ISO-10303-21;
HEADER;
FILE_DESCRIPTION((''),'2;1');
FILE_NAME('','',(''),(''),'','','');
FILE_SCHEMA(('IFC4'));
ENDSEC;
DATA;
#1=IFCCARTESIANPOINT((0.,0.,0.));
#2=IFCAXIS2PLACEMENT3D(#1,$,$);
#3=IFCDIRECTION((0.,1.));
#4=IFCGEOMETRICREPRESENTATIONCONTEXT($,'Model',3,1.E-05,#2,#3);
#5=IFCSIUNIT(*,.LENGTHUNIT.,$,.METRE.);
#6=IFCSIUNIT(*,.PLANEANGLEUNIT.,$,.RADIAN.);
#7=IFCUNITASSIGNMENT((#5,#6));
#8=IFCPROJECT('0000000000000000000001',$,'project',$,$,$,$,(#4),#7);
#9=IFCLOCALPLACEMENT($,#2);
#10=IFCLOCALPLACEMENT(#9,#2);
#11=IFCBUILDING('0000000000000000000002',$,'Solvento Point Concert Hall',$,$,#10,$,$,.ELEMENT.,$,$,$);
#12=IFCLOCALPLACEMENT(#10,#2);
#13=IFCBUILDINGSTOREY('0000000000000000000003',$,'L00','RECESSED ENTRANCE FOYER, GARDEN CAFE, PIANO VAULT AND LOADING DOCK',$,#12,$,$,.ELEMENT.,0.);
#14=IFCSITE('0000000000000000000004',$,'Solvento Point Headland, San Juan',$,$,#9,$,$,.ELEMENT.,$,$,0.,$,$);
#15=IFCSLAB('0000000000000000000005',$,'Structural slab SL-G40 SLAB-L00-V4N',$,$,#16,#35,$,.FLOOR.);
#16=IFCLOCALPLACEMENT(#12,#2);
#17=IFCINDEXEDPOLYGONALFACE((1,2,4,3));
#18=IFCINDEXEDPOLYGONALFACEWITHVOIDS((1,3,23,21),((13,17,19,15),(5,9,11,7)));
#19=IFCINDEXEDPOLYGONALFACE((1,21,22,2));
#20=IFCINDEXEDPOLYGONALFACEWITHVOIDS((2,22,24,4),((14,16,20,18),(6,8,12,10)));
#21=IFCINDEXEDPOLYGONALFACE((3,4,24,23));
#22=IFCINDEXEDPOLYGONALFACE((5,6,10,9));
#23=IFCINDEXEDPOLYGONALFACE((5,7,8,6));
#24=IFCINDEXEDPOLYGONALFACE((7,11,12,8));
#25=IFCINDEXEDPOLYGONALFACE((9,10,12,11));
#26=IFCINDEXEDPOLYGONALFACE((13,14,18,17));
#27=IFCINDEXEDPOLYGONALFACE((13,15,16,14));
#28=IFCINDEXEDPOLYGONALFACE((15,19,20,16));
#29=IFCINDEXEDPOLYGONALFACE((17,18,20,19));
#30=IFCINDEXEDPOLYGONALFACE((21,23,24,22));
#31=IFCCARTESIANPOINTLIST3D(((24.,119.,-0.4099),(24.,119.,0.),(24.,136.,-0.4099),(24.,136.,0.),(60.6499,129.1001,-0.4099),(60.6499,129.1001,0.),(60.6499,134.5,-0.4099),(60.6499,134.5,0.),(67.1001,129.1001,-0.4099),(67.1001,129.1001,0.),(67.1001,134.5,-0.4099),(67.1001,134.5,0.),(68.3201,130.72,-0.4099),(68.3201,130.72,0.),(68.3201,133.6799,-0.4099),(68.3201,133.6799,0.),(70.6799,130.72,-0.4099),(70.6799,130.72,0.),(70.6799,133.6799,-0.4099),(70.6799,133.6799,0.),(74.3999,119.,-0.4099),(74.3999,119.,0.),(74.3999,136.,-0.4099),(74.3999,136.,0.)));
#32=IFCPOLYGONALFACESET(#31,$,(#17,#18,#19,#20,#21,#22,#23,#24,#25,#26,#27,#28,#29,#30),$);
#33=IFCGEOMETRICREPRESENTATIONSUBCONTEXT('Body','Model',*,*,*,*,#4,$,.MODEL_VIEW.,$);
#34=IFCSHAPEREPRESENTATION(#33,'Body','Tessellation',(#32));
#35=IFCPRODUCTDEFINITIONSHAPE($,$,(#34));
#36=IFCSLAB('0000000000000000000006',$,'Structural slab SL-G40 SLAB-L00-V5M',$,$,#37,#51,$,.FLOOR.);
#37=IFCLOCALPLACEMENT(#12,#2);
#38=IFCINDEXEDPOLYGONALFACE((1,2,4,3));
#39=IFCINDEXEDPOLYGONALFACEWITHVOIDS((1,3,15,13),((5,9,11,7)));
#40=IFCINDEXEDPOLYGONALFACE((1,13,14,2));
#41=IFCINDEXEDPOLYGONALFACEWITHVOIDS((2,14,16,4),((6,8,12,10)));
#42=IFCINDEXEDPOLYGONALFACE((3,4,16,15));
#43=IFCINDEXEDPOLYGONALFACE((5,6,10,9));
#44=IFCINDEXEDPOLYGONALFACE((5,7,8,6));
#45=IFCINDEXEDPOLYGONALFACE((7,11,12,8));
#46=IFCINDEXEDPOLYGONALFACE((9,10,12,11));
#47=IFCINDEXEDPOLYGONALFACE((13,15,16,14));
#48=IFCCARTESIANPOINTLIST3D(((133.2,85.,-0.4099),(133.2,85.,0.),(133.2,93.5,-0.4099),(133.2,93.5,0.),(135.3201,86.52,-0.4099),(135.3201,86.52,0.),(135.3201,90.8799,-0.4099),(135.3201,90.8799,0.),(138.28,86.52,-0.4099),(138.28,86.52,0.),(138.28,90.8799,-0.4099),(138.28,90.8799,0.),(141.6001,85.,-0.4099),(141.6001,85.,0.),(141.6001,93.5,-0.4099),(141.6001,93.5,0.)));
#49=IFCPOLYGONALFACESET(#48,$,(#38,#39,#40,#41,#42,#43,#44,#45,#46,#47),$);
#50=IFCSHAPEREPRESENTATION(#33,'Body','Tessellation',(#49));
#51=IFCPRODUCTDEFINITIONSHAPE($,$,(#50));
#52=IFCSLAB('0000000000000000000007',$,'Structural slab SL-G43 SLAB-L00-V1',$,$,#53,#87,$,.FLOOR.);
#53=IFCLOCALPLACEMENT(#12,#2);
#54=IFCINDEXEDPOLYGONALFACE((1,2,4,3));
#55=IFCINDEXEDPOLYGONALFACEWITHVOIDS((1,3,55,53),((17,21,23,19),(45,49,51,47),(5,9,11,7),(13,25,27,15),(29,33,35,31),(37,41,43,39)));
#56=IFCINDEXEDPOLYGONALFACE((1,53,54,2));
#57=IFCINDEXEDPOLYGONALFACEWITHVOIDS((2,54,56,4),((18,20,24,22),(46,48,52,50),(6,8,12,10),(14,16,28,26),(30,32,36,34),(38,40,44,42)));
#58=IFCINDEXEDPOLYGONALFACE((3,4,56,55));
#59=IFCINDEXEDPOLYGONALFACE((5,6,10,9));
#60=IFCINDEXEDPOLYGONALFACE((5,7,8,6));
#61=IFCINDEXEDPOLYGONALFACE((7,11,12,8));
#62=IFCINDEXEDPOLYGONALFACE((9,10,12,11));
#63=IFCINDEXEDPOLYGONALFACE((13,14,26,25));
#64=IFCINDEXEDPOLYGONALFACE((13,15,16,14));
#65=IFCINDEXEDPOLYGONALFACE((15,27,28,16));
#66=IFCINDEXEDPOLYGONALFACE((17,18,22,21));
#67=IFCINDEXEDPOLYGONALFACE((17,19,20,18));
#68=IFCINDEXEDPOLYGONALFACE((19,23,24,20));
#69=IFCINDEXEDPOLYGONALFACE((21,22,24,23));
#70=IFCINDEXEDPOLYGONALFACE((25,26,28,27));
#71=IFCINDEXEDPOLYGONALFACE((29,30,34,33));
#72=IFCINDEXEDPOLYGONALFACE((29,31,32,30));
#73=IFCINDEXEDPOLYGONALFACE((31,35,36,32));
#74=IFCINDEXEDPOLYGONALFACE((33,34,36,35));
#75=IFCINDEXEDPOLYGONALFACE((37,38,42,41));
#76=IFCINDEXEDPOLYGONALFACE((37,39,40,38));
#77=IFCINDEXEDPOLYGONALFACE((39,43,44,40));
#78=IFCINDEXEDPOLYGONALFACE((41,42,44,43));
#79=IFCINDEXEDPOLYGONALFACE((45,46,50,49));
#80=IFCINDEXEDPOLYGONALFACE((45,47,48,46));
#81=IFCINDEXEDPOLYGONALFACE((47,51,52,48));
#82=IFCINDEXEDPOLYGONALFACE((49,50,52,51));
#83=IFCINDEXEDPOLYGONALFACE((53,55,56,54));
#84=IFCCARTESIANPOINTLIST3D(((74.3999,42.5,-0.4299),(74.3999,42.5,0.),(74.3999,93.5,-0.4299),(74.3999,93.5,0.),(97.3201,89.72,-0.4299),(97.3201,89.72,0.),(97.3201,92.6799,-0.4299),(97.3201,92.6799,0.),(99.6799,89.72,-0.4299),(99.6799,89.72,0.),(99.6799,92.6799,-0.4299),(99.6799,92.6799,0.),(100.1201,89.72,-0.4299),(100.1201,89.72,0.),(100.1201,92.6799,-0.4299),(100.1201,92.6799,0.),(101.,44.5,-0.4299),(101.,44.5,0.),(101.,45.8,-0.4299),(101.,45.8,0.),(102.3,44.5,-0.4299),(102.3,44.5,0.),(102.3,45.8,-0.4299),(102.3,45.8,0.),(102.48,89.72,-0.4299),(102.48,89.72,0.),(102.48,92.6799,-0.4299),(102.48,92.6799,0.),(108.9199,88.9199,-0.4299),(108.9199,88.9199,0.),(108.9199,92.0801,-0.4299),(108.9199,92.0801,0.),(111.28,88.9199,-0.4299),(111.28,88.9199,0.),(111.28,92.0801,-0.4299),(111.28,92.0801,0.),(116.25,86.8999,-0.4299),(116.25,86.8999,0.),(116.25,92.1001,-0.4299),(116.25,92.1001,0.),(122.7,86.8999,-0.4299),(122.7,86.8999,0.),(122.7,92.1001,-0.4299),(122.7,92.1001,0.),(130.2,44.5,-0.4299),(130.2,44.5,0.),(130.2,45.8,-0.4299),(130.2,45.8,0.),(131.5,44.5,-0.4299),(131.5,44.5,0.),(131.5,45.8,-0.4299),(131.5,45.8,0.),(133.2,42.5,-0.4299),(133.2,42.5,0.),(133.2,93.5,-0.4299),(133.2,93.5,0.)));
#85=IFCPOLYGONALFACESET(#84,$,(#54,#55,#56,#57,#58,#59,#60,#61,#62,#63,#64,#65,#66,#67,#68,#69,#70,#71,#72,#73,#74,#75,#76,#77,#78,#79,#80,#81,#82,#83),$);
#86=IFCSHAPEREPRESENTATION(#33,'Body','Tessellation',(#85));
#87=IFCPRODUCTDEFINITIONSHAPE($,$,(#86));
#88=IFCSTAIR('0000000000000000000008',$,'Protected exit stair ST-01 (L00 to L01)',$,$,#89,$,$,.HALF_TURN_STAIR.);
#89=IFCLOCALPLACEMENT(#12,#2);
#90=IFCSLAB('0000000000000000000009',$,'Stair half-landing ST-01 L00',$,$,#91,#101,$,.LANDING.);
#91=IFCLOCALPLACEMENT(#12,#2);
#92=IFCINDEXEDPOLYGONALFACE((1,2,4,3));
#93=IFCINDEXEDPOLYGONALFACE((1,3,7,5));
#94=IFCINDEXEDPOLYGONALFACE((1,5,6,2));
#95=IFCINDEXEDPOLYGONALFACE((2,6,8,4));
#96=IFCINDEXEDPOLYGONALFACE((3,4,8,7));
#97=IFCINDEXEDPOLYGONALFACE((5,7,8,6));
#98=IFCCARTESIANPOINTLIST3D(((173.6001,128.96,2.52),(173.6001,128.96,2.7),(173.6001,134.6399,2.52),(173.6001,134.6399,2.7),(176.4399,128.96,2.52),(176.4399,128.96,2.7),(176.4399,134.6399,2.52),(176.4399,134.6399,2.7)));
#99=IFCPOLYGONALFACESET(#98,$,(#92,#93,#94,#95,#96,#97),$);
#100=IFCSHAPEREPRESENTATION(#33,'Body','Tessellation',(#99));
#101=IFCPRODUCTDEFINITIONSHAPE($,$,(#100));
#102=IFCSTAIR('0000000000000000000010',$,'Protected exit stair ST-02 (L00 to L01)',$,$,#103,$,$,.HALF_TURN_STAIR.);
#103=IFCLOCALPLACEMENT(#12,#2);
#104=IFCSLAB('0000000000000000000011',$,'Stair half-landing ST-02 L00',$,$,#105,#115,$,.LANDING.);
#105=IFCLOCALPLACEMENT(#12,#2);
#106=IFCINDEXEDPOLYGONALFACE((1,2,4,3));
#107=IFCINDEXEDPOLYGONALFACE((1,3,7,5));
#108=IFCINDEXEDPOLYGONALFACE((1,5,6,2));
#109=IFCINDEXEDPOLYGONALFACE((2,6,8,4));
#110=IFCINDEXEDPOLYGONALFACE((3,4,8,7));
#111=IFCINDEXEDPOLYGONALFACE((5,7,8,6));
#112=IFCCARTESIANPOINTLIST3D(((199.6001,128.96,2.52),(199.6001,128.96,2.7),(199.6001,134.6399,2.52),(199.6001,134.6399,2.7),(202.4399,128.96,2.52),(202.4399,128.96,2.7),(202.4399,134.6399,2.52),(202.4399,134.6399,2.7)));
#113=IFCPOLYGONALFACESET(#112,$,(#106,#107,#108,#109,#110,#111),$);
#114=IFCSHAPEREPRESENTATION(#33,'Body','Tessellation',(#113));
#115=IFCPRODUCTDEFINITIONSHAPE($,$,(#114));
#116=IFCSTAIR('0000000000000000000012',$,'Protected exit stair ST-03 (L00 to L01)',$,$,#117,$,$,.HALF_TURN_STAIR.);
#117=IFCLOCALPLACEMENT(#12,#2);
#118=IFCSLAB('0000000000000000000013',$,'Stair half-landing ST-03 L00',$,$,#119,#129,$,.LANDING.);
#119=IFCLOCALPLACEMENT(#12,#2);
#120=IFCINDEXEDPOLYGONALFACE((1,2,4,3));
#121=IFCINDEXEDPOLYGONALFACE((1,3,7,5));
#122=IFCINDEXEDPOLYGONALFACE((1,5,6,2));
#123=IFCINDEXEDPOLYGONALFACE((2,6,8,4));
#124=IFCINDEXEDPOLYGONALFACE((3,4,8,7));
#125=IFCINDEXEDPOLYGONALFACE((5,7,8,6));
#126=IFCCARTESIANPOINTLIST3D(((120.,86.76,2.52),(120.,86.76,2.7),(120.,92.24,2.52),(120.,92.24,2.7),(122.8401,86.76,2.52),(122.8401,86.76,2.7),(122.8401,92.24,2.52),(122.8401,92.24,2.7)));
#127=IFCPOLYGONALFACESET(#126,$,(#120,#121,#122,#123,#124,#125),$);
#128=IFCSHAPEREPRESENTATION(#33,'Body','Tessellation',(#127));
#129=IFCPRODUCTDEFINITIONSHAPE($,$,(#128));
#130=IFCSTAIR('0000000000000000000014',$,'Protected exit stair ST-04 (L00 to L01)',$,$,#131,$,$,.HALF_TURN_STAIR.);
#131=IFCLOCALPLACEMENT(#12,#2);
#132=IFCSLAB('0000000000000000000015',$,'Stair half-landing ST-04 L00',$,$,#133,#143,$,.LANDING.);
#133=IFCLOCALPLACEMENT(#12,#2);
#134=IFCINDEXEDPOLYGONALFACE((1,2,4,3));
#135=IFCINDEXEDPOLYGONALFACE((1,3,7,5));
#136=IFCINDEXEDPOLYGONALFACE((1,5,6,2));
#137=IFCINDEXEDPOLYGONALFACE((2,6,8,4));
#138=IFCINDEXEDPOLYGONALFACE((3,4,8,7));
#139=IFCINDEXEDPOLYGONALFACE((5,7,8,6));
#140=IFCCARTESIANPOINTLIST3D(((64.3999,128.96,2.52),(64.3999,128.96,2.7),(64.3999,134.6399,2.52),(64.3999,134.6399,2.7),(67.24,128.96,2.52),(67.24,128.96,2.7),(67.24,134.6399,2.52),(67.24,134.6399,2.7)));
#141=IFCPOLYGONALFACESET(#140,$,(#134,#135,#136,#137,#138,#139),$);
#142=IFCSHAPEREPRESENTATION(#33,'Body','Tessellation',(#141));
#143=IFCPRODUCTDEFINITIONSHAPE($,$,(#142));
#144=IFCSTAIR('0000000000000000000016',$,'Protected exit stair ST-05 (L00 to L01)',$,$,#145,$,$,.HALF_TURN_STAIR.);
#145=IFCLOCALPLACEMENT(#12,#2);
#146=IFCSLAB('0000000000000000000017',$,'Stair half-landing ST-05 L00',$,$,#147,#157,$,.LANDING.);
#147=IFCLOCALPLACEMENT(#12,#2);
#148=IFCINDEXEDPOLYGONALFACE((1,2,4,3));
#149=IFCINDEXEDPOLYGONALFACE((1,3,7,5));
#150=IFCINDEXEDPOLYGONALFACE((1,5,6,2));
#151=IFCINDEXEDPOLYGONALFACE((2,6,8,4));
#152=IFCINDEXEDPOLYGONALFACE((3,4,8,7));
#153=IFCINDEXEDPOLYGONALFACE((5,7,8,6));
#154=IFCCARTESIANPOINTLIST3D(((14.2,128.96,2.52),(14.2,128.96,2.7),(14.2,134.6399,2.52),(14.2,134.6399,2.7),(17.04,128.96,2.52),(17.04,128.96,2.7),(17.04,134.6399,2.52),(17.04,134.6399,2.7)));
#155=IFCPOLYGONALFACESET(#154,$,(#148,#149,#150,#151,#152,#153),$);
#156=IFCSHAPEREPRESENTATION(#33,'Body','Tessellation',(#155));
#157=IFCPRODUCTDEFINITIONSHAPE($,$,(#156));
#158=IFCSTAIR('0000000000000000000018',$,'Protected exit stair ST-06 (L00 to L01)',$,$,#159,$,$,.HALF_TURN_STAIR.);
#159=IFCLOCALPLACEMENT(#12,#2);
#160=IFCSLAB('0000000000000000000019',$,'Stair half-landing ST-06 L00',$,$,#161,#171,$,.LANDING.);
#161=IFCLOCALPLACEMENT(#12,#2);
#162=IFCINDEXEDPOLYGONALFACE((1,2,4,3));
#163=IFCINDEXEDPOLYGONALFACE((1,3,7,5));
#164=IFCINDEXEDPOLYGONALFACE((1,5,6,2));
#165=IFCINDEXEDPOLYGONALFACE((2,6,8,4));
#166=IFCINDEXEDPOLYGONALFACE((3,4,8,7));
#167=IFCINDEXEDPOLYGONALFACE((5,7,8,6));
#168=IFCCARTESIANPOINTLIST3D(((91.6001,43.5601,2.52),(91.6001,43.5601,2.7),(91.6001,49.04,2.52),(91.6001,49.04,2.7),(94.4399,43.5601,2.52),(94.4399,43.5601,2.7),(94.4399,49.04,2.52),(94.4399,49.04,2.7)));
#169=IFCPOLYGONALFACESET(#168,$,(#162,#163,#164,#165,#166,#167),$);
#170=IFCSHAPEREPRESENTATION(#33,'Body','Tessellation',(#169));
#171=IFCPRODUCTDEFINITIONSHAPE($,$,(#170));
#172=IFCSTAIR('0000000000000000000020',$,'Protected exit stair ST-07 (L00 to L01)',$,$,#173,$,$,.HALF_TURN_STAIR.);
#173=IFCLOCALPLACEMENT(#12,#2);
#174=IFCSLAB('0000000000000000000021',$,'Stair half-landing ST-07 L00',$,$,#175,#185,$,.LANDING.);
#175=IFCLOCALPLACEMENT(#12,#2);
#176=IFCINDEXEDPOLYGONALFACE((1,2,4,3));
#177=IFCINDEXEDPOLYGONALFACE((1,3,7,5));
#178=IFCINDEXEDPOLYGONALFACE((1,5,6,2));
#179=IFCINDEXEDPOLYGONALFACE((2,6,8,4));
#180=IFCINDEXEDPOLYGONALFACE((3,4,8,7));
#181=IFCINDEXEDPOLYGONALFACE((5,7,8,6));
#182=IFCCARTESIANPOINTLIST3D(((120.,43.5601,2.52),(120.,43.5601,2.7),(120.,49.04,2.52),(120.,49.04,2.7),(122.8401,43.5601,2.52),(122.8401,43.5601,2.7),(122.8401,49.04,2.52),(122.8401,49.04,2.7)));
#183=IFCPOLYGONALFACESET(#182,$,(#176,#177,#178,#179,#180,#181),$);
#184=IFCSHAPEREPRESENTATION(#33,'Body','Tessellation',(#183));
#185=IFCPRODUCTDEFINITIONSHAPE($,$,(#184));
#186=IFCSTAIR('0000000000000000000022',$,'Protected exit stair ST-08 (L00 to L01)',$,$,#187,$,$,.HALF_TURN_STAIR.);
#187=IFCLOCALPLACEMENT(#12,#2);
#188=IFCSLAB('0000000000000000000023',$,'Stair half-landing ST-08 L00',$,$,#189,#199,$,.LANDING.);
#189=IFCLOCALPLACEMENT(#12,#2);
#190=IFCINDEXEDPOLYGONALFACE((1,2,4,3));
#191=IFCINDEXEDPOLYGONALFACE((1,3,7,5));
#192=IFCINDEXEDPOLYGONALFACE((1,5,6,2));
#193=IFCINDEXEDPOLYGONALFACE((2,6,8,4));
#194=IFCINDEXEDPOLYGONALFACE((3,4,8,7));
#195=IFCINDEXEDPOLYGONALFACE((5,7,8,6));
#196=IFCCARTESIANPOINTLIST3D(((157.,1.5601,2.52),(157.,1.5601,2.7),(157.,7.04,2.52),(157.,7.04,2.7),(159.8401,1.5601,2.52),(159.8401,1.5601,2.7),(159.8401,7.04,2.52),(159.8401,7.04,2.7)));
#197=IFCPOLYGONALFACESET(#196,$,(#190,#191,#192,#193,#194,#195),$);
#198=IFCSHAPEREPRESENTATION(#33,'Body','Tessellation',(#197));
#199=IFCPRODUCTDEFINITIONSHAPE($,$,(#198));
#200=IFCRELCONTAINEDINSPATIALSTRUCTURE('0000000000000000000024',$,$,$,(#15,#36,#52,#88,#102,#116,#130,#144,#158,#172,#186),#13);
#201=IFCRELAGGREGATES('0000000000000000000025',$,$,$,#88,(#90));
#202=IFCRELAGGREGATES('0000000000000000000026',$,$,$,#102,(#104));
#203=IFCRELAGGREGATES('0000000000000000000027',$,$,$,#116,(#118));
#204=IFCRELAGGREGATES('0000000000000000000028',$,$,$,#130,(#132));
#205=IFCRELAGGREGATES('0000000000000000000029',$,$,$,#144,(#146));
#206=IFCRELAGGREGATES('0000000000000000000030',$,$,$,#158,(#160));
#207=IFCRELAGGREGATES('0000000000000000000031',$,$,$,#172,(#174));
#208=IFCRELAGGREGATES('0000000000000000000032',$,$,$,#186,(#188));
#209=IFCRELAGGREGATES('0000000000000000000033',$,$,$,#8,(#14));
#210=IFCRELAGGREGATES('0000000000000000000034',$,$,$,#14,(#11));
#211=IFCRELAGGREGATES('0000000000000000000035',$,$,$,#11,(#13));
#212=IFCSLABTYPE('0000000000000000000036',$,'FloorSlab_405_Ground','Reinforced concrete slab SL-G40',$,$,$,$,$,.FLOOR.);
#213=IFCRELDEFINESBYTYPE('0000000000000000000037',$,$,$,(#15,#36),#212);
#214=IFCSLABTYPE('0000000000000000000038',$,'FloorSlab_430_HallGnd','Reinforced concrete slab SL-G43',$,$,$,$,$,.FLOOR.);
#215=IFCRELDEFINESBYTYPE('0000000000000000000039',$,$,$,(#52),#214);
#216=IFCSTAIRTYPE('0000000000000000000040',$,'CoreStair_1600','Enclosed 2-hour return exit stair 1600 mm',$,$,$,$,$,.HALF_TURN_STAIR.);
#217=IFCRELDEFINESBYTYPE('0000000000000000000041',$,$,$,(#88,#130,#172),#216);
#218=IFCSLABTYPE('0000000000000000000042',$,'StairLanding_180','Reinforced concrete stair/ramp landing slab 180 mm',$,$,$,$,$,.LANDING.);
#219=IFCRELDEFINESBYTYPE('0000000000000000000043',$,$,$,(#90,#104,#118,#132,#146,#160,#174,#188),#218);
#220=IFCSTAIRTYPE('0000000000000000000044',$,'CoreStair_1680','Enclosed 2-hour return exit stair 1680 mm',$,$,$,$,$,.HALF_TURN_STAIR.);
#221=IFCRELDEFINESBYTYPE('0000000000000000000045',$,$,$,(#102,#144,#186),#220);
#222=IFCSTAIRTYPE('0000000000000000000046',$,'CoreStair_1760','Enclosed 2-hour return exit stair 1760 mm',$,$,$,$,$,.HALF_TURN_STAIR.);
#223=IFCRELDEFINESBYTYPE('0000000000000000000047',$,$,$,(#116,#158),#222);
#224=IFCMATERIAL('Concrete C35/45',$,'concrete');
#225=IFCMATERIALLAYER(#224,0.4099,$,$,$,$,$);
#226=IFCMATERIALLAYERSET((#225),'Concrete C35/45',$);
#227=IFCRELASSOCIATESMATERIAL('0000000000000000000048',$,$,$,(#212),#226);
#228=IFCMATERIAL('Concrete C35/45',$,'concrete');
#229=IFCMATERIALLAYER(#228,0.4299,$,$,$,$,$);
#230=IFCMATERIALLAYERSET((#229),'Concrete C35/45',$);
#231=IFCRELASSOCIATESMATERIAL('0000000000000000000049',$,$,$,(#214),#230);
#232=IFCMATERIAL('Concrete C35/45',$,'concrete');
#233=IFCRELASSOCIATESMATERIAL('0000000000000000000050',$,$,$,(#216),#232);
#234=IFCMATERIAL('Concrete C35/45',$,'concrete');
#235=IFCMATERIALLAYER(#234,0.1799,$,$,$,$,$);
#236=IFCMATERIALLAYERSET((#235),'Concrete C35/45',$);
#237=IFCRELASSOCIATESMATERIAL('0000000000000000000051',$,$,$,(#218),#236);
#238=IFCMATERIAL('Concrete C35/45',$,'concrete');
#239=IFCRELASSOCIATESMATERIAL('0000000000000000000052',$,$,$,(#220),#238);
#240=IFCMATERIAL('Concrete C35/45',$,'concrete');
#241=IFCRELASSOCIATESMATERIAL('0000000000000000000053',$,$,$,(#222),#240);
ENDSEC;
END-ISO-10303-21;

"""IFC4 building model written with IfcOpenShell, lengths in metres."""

from ifc_helpers import new_model, si_unit, direction, frame, origin, place, context, subcontext, project, spatial, polyline, outline, extrude, material, layer, layer_set, type_object, element, aggregate, save


model = new_model("IFC4")

# Units and contexts
model_context = context("Model", 3, precision=1e-05, world=origin(), true_north=direction((0.0, 1.0)))
body_context = subcontext(model_context, "Body", "Model", "MODEL_VIEW")
ifc_project = project(units=[si_unit("LENGTHUNIT", "METRE"), si_unit("PLANEANGLEUNIT", "RADIAN")], contexts=[model_context])

# Site, building, storey
site_placement = place(None, origin())
site = spatial("IfcSite", under=ifc_project, at=site_placement, Name="Solvento Point Headland, San Juan", CompositionType="ELEMENT", RefElevation=0.0)
building_placement = place(site_placement, origin())
building = spatial("IfcBuilding", under=site, at=building_placement, Name="Solvento Point Concert Hall", CompositionType="ELEMENT")
storey_placement = place(building_placement, origin())
storey = spatial("IfcBuildingStorey", under=building, at=storey_placement, Name="L00", Description="RECESSED ENTRANCE FOYER, GARDEN CAFE, PIANO VAULT AND LOADING DOCK", CompositionType="ELEMENT", Elevation=0.0)

# Slabs
ifc_material_1 = material(Name="Concrete C35/45", Category="concrete")
ifc_layer_1 = layer(ifc_material_1, 0.4099)
ifc_layer_set_1 = layer_set([ifc_layer_1], Name="Concrete C35/45")
slab_type_1 = type_object("IfcSlabType", Name="FloorSlab_405_Ground", Description="Reinforced concrete slab SL-G40", PredefinedType="FLOOR", material=ifc_layer_set_1)
slab_1_placement = place(storey_placement, frame((0.0, 0.0, -0.4099)))
element("IfcSlab", 1, at=slab_1_placement, inside=storey, type_object=slab_type_1, Name="Structural slab SL-G40 SLAB-L00-V4N", PredefinedType="FLOOR", context=body_context, shape_type="SweptSolid", body=[
    extrude(outline(polyline([(24.0, 136.0), (74.3999, 136.0), (74.3999, 119.0), (24.0, 119.0), (24.0, 136.0)]), holes=[polyline([(70.6799, 133.6799), (68.3201, 133.6799), (68.3201, 130.72), (70.6799, 130.72), (70.6799, 133.6799)]), polyline([(67.1001, 134.5), (60.6499, 134.5), (60.6499, 129.1001), (67.1001, 129.1001), (67.1001, 134.5)])]), origin(), (0.0, 0.0, 1.0), 0.4099),
])
slab_2_placement = place(storey_placement, frame((0.0, 0.0, -0.4099)))
element("IfcSlab", 2, at=slab_2_placement, inside=storey, type_object=slab_type_1, Name="Structural slab SL-G40 SLAB-L00-V5M", PredefinedType="FLOOR", context=body_context, shape_type="SweptSolid", body=[
    extrude(outline(polyline([(133.2, 93.5), (141.6001, 93.5), (141.6001, 85.0), (133.2, 85.0), (133.2, 93.5)]), holes=[polyline([(138.28, 90.8799), (135.3201, 90.8799), (135.3201, 86.52), (138.28, 86.52), (138.28, 90.8799)])]), origin(), (0.0, 0.0, 1.0), 0.4099),
])
ifc_material_2 = material(Name="Concrete C35/45", Category="concrete")
ifc_layer_2 = layer(ifc_material_2, 0.4299)
ifc_layer_set_2 = layer_set([ifc_layer_2], Name="Concrete C35/45")
slab_type_2 = type_object("IfcSlabType", Name="FloorSlab_430_HallGnd", Description="Reinforced concrete slab SL-G43", PredefinedType="FLOOR", material=ifc_layer_set_2)
slab_3_placement = place(storey_placement, frame((0.0, 0.0, -0.4299)))
element("IfcSlab", 3, at=slab_3_placement, inside=storey, type_object=slab_type_2, Name="Structural slab SL-G43 SLAB-L00-V1", PredefinedType="FLOOR", context=body_context, shape_type="SweptSolid", body=[
    extrude(outline(polyline([(74.3999, 93.5), (133.2, 93.5), (133.2, 42.5), (74.3999, 42.5), (74.3999, 93.5)]), holes=[polyline([(131.5, 45.8), (130.2, 45.8), (130.2, 44.5), (131.5, 44.5), (131.5, 45.8)]), polyline([(122.7, 92.1001), (116.25, 92.1001), (116.25, 86.8999), (122.7, 86.8999), (122.7, 92.1001)]), polyline([(111.28, 92.0801), (108.9199, 92.0801), (108.9199, 88.9199), (111.28, 88.9199), (111.28, 92.0801)]), polyline([(102.48, 92.6799), (100.1201, 92.6799), (100.1201, 89.72), (102.48, 89.72), (102.48, 92.6799)]), polyline([(102.3, 45.8), (101.0, 45.8), (101.0, 44.5), (102.3, 44.5), (102.3, 45.8)]), polyline([(99.6799, 92.6799), (97.3201, 92.6799), (97.3201, 89.72), (99.6799, 89.72), (99.6799, 92.6799)])]), origin(), (0.0, 0.0, 1.0), 0.4299),
])

# Stairs, slabs
ifc_material_3 = material(Name="Concrete C35/45", Category="concrete")
stair_type_1 = type_object("IfcStairType", Name="CoreStair_1600", Description="Enclosed 2-hour return exit stair 1600 mm", PredefinedType="HALF_TURN_STAIR", material=ifc_material_3)
stair_1_placement = place(storey_placement, origin())
stair_1 = element("IfcStair", 4, at=stair_1_placement, inside=storey, type_object=stair_type_1, Name="Protected exit stair ST-01 (L00 to L01)", PredefinedType="HALF_TURN_STAIR")
ifc_material_4 = material(Name="Concrete C35/45", Category="concrete")
ifc_layer_3 = layer(ifc_material_4, 0.1799)
ifc_layer_set_3 = layer_set([ifc_layer_3], Name="Concrete C35/45")
slab_type_3 = type_object("IfcSlabType", Name="StairLanding_180", Description="Reinforced concrete stair/ramp landing slab 180 mm", PredefinedType="LANDING", material=ifc_layer_set_3)
slab_4_placement = place(storey_placement, frame((0.0, 0.0, 2.52)))
slab_4 = element("IfcSlab", 5, at=slab_4_placement, type_object=slab_type_3, Name="Stair half-landing ST-01 L00", PredefinedType="LANDING", context=body_context, shape_type="SweptSolid", body=[
    extrude(outline(polyline([(173.6001, 128.96), (176.4399, 128.96), (176.4399, 134.6399), (173.6001, 134.6399), (173.6001, 128.96)])), origin(), (0.0, 0.0, 1.0), 0.1799),
])
aggregate(stair_1, [slab_4])
ifc_material_5 = material(Name="Concrete C35/45", Category="concrete")
stair_type_2 = type_object("IfcStairType", Name="CoreStair_1680", Description="Enclosed 2-hour return exit stair 1680 mm", PredefinedType="HALF_TURN_STAIR", material=ifc_material_5)
stair_2_placement = place(storey_placement, origin())
stair_2 = element("IfcStair", 6, at=stair_2_placement, inside=storey, type_object=stair_type_2, Name="Protected exit stair ST-02 (L00 to L01)", PredefinedType="HALF_TURN_STAIR")
slab_5_placement = place(storey_placement, frame((0.0, 0.0, 2.52)))
slab_5 = element("IfcSlab", 7, at=slab_5_placement, type_object=slab_type_3, Name="Stair half-landing ST-02 L00", PredefinedType="LANDING", context=body_context, shape_type="SweptSolid", body=[
    extrude(outline(polyline([(199.6001, 128.96), (202.4399, 128.96), (202.4399, 134.6399), (199.6001, 134.6399), (199.6001, 128.96)])), origin(), (0.0, 0.0, 1.0), 0.1799),
])
aggregate(stair_2, [slab_5])
ifc_material_6 = material(Name="Concrete C35/45", Category="concrete")
stair_type_3 = type_object("IfcStairType", Name="CoreStair_1760", Description="Enclosed 2-hour return exit stair 1760 mm", PredefinedType="HALF_TURN_STAIR", material=ifc_material_6)
stair_3_placement = place(storey_placement, origin())
stair_3 = element("IfcStair", 8, at=stair_3_placement, inside=storey, type_object=stair_type_3, Name="Protected exit stair ST-03 (L00 to L01)", PredefinedType="HALF_TURN_STAIR")
slab_6_placement = place(storey_placement, frame((0.0, 0.0, 2.52)))
slab_6 = element("IfcSlab", 9, at=slab_6_placement, type_object=slab_type_3, Name="Stair half-landing ST-03 L00", PredefinedType="LANDING", context=body_context, shape_type="SweptSolid", body=[
    extrude(outline(polyline([(120.0, 86.76), (122.8401, 86.76), (122.8401, 92.24), (120.0, 92.24), (120.0, 86.76)])), origin(), (0.0, 0.0, 1.0), 0.1799),
])
aggregate(stair_3, [slab_6])
stair_4_placement = place(storey_placement, origin())
stair_4 = element("IfcStair", 10, at=stair_4_placement, inside=storey, type_object=stair_type_1, Name="Protected exit stair ST-04 (L00 to L01)", PredefinedType="HALF_TURN_STAIR")
slab_7_placement = place(storey_placement, frame((0.0, 0.0, 2.52)))
slab_7 = element("IfcSlab", 11, at=slab_7_placement, type_object=slab_type_3, Name="Stair half-landing ST-04 L00", PredefinedType="LANDING", context=body_context, shape_type="SweptSolid", body=[
    extrude(outline(polyline([(64.3999, 128.96), (67.24, 128.96), (67.24, 134.6399), (64.3999, 134.6399), (64.3999, 128.96)])), origin(), (0.0, 0.0, 1.0), 0.1799),
])
aggregate(stair_4, [slab_7])
stair_5_placement = place(storey_placement, origin())
stair_5 = element("IfcStair", 12, at=stair_5_placement, inside=storey, type_object=stair_type_2, Name="Protected exit stair ST-05 (L00 to L01)", PredefinedType="HALF_TURN_STAIR")
slab_8_placement = place(storey_placement, frame((0.0, 0.0, 2.52)))
slab_8 = element("IfcSlab", 13, at=slab_8_placement, type_object=slab_type_3, Name="Stair half-landing ST-05 L00", PredefinedType="LANDING", context=body_context, shape_type="SweptSolid", body=[
    extrude(outline(polyline([(14.2, 128.96), (17.04, 128.96), (17.04, 134.6399), (14.2, 134.6399), (14.2, 128.96)])), origin(), (0.0, 0.0, 1.0), 0.1799),
])
aggregate(stair_5, [slab_8])
stair_6_placement = place(storey_placement, origin())
stair_6 = element("IfcStair", 14, at=stair_6_placement, inside=storey, type_object=stair_type_3, Name="Protected exit stair ST-06 (L00 to L01)", PredefinedType="HALF_TURN_STAIR")
slab_9_placement = place(storey_placement, frame((0.0, 0.0, 2.52)))
slab_9 = element("IfcSlab", 15, at=slab_9_placement, type_object=slab_type_3, Name="Stair half-landing ST-06 L00", PredefinedType="LANDING", context=body_context, shape_type="SweptSolid", body=[
    extrude(outline(polyline([(91.6001, 43.5601), (94.4399, 43.5601), (94.4399, 49.04), (91.6001, 49.04), (91.6001, 43.5601)])), origin(), (0.0, 0.0, 1.0), 0.1799),
])
aggregate(stair_6, [slab_9])
stair_7_placement = place(storey_placement, origin())
stair_7 = element("IfcStair", 16, at=stair_7_placement, inside=storey, type_object=stair_type_1, Name="Protected exit stair ST-07 (L00 to L01)", PredefinedType="HALF_TURN_STAIR")
slab_10_placement = place(storey_placement, frame((0.0, 0.0, 2.52)))
slab_10 = element("IfcSlab", 17, at=slab_10_placement, type_object=slab_type_3, Name="Stair half-landing ST-07 L00", PredefinedType="LANDING", context=body_context, shape_type="SweptSolid", body=[
    extrude(outline(polyline([(120.0, 43.5601), (122.8401, 43.5601), (122.8401, 49.04), (120.0, 49.04), (120.0, 43.5601)])), origin(), (0.0, 0.0, 1.0), 0.1799),
])
aggregate(stair_7, [slab_10])
stair_8_placement = place(storey_placement, origin())
stair_8 = element("IfcStair", 18, at=stair_8_placement, inside=storey, type_object=stair_type_2, Name="Protected exit stair ST-08 (L00 to L01)", PredefinedType="HALF_TURN_STAIR")
slab_11_placement = place(storey_placement, frame((0.0, 0.0, 2.52)))
slab_11 = element("IfcSlab", 19, at=slab_11_placement, type_object=slab_type_3, Name="Stair half-landing ST-08 L00", PredefinedType="LANDING", context=body_context, shape_type="SweptSolid", body=[
    extrude(outline(polyline([(157.0, 1.5601), (159.8401, 1.5601), (159.8401, 7.04), (157.0, 7.04), (157.0, 1.5601)])), origin(), (0.0, 0.0, 1.0), 0.1799),
])
aggregate(stair_8, [slab_11])

save(model, "model.ifc")
